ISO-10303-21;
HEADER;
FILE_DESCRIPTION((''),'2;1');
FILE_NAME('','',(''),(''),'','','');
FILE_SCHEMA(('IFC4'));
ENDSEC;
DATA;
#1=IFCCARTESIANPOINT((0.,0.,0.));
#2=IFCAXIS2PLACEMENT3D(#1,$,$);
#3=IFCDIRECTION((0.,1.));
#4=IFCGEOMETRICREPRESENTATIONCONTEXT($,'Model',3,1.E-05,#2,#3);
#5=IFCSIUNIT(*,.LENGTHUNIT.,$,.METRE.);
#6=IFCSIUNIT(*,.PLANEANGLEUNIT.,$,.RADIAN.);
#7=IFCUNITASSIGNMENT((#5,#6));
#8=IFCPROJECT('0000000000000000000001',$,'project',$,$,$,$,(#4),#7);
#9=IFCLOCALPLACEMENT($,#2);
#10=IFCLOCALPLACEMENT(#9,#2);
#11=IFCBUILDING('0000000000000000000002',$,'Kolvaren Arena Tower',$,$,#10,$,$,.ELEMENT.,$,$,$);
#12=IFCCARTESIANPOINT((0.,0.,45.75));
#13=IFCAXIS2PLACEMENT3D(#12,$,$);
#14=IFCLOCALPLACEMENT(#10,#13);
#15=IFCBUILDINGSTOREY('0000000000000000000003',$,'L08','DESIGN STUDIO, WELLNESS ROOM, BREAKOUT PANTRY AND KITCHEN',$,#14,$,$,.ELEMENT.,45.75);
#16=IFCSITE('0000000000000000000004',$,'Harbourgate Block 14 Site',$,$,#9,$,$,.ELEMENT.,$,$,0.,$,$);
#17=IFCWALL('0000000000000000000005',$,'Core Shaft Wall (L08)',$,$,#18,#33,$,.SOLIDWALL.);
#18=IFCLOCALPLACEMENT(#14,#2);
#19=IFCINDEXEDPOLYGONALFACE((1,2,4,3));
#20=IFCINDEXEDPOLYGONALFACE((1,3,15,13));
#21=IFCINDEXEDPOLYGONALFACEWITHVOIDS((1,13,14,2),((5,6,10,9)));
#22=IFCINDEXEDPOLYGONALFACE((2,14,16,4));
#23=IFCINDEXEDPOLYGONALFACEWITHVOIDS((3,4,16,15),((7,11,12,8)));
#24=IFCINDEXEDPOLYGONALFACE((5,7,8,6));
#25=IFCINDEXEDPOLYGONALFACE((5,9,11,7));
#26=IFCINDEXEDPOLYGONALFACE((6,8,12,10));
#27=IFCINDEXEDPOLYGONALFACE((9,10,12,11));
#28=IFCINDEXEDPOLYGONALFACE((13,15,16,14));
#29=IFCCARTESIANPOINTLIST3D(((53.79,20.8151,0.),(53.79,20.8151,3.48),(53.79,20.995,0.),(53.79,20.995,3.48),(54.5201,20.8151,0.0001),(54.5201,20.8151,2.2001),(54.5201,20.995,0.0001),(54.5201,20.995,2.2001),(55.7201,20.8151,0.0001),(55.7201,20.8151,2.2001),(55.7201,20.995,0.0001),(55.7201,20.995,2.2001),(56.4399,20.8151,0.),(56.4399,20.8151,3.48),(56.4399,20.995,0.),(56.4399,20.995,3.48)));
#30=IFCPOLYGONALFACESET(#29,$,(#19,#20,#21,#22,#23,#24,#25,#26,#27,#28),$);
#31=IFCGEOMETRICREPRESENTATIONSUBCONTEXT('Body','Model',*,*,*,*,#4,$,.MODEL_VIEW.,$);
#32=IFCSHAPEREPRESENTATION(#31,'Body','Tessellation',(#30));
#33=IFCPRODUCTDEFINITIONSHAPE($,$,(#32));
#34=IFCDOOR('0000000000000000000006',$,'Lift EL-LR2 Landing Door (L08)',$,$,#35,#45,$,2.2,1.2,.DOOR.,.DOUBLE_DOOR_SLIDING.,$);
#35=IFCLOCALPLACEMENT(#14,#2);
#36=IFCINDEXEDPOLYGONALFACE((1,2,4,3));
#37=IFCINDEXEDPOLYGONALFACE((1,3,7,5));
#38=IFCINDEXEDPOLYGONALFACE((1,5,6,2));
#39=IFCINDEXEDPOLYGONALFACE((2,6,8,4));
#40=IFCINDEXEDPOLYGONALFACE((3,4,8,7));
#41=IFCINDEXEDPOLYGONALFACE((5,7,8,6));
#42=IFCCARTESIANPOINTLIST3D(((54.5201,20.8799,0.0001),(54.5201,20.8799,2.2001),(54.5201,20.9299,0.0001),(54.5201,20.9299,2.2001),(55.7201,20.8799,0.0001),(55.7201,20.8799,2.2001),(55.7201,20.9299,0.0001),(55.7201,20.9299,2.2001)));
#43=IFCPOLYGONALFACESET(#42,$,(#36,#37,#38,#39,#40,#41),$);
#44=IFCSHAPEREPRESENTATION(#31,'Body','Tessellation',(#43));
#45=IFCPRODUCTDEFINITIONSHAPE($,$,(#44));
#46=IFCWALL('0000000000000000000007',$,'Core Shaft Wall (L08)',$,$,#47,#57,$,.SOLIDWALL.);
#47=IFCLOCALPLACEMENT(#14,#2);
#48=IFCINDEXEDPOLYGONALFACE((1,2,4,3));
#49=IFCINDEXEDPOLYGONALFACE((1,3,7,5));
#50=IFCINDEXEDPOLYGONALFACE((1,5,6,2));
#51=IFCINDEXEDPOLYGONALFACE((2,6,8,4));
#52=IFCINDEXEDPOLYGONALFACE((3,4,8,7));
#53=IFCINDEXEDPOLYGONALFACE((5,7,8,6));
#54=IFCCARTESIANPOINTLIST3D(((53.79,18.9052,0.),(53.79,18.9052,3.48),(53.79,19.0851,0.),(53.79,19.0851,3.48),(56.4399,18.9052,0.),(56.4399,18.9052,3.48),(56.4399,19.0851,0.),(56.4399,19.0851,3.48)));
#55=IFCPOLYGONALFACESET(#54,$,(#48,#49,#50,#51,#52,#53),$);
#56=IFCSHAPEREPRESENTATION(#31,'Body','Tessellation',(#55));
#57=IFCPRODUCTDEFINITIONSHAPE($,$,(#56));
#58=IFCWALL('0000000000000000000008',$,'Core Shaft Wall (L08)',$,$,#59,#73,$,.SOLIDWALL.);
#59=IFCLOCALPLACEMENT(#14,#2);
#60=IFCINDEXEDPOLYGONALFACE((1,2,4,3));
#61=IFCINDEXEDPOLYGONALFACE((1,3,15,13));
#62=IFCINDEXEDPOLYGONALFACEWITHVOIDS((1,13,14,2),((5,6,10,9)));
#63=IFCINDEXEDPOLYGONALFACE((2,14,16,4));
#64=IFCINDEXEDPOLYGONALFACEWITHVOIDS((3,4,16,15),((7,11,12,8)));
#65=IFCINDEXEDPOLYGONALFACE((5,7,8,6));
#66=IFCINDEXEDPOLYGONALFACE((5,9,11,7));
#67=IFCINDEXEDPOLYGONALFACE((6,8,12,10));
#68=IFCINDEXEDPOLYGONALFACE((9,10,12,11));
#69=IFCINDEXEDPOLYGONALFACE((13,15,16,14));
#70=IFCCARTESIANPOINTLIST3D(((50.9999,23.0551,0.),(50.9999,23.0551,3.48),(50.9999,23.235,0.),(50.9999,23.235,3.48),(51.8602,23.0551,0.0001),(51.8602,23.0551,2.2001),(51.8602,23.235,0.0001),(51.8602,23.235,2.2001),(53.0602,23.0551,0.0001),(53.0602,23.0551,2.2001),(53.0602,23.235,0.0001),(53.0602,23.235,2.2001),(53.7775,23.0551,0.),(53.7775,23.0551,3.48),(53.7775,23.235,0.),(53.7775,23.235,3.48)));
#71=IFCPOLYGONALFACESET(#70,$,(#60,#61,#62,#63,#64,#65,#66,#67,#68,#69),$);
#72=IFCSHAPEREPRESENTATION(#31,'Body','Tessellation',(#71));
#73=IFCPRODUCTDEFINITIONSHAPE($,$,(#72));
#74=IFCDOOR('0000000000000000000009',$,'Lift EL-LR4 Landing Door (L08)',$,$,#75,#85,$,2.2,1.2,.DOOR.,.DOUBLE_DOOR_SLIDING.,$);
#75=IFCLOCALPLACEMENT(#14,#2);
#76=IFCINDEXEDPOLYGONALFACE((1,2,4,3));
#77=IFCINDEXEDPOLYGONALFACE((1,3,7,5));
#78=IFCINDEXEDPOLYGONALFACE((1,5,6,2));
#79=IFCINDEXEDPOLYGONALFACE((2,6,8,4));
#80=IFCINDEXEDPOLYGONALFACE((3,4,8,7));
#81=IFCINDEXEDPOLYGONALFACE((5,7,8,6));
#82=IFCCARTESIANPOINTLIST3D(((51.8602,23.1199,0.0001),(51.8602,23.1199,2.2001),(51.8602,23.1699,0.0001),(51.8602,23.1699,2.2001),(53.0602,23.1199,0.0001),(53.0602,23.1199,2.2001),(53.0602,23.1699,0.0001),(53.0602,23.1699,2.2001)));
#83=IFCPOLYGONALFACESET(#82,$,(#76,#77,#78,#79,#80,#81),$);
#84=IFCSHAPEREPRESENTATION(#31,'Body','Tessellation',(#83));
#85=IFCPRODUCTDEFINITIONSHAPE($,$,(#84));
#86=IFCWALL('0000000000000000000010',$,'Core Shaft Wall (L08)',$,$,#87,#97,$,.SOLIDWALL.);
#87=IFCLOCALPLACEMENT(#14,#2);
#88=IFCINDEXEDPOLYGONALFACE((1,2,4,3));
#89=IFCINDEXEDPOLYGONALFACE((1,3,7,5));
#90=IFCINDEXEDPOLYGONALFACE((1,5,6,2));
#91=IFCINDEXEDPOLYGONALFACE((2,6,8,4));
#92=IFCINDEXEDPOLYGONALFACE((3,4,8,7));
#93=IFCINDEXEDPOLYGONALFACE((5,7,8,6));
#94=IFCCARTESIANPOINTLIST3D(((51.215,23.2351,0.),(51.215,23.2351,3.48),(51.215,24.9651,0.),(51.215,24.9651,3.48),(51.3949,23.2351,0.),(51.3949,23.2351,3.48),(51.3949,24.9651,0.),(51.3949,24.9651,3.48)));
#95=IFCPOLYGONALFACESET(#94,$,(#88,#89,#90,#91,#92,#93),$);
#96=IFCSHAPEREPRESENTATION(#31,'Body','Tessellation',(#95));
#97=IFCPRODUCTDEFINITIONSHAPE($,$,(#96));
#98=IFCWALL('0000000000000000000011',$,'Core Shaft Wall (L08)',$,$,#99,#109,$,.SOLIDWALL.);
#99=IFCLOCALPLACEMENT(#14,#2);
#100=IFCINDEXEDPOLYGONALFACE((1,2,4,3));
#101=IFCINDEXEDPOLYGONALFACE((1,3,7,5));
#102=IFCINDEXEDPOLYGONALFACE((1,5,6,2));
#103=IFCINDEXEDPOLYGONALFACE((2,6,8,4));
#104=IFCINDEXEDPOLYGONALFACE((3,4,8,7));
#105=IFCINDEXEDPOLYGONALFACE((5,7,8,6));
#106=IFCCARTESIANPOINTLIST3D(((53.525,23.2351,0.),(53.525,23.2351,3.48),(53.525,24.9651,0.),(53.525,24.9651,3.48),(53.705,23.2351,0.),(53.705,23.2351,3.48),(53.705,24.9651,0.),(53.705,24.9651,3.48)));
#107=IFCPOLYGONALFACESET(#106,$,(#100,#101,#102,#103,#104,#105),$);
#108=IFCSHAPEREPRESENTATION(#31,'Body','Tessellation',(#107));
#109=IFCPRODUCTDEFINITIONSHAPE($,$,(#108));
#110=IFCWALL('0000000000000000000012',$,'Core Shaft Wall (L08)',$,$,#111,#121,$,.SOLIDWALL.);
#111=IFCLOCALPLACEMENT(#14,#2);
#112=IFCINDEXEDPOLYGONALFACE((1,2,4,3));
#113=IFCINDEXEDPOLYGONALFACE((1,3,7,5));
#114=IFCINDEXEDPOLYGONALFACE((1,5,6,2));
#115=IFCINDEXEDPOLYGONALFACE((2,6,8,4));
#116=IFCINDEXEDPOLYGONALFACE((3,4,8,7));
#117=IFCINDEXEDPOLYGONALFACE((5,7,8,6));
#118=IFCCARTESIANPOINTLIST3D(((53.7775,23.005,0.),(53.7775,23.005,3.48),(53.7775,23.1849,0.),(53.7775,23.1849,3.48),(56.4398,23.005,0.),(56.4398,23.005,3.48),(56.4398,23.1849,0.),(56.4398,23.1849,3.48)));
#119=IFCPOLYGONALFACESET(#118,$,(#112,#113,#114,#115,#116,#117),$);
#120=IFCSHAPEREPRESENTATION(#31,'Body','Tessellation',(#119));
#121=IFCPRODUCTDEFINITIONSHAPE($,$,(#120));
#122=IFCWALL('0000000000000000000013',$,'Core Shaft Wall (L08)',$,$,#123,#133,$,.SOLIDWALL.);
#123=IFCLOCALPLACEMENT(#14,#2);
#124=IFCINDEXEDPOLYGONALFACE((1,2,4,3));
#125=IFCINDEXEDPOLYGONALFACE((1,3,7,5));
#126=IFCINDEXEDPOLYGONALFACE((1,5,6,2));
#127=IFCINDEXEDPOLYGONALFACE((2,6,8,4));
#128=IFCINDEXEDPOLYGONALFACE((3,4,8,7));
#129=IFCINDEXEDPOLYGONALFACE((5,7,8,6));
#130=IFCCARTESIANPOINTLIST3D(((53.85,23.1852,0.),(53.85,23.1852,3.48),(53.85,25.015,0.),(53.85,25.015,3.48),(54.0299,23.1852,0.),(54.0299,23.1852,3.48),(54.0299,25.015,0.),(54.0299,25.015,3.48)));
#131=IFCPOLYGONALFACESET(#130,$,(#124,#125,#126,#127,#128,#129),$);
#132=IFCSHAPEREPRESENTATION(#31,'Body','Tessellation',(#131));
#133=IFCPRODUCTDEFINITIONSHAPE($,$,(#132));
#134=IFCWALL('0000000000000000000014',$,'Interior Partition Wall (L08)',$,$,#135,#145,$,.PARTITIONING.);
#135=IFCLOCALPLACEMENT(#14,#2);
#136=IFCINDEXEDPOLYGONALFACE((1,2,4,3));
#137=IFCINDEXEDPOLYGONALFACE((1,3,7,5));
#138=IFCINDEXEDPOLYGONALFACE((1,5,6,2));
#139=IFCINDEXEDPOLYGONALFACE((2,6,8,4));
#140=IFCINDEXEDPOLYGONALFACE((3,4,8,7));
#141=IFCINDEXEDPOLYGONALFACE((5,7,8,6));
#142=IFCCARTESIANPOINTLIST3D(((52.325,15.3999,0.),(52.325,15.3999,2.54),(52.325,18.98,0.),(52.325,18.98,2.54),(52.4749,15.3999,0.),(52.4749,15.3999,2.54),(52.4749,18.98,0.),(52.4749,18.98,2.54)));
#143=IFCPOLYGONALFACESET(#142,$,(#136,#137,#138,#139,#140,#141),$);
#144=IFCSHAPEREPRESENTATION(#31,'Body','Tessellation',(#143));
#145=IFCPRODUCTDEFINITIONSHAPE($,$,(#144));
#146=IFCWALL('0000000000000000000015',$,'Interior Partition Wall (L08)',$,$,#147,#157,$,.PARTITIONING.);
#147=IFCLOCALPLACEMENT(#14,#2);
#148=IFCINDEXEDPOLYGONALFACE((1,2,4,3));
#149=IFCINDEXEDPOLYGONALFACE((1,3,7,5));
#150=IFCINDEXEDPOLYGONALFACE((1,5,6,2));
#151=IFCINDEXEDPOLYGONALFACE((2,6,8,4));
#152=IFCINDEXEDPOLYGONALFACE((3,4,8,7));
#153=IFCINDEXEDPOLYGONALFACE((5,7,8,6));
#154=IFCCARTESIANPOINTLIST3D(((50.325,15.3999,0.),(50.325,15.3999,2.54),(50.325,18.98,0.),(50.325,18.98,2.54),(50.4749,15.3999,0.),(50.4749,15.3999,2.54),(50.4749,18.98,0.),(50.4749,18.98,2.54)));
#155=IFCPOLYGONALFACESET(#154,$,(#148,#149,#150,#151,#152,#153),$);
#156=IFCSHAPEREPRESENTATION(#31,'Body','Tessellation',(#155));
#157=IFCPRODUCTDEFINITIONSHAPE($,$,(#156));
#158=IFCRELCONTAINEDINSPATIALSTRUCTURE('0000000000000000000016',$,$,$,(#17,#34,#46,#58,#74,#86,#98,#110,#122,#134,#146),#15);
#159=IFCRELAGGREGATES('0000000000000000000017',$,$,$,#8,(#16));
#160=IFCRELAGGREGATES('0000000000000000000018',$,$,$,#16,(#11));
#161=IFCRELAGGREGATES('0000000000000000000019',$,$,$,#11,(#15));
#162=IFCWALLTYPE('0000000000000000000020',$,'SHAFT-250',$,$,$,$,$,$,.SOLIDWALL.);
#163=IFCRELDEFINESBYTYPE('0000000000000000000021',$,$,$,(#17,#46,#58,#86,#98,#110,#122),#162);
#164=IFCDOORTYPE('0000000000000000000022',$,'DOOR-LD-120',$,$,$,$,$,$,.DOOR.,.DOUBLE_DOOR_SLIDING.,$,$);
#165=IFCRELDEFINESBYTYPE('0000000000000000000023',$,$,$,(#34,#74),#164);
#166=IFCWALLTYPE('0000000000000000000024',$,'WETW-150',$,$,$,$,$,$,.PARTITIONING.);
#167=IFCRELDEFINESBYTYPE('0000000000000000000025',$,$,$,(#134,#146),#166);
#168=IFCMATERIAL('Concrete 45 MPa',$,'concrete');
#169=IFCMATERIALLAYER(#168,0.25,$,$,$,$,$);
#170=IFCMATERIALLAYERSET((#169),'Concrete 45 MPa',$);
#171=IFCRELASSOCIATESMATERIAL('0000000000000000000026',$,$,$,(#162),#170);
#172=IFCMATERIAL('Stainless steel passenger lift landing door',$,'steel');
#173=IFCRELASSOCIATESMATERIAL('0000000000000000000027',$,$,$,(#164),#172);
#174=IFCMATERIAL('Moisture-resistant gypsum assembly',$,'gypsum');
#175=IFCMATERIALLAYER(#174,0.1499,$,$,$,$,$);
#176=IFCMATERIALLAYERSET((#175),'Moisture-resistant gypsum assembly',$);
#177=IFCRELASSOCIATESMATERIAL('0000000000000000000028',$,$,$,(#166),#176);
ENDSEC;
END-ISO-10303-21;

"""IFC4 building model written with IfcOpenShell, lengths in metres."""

from ifc_helpers import new_model, si_unit, direction, frame, frame_2d, origin, place, context, subcontext, project, spatial, rectangle, extrude, material, layer, layer_set, type_object, element, fill, save


model = new_model("IFC4")

# Units and contexts
model_context = context("Model", 3, precision=1e-05, world=origin(), true_north=direction((0.0, 1.0)))
body_context = subcontext(model_context, "Body", "Model", "MODEL_VIEW")
ifc_project = project(units=[si_unit("LENGTHUNIT", "METRE"), si_unit("PLANEANGLEUNIT", "RADIAN")], contexts=[model_context])

# Site, building, storey
site_placement = place(None, origin())
site = spatial("IfcSite", under=ifc_project, at=site_placement, Name="Harbourgate Block 14 Site", CompositionType="ELEMENT", RefElevation=0.0)
building_placement = place(site_placement, origin())
building = spatial("IfcBuilding", under=site, at=building_placement, Name="Kolvaren Arena Tower", CompositionType="ELEMENT")
storey_placement = place(building_placement, frame((0.0, 0.0, 45.75)))
storey = spatial("IfcBuildingStorey", under=building, at=storey_placement, Name="L08", Description="DESIGN STUDIO, WELLNESS ROOM, BREAKOUT PANTRY AND KITCHEN", CompositionType="ELEMENT", Elevation=45.75)

# Shared definitions
ifc_material_1 = material(Name="Concrete 45 MPa", Category="concrete")
ifc_layer_1 = layer(ifc_material_1, 0.25)
ifc_layer_set_1 = layer_set([ifc_layer_1], Name="Concrete 45 MPa")
wall_type_1 = type_object("IfcWallType", Name="SHAFT-250", PredefinedType="SOLIDWALL", material=ifc_layer_set_1)
ifc_material_2 = material(Name="Stainless steel passenger lift landing door", Category="steel")
door_type_1 = type_object("IfcDoorType", Name="DOOR-LD-120", OperationType="DOUBLE_DOOR_SLIDING", PredefinedType="DOOR", material=ifc_material_2)

# Wall, opening, door
wall_1_placement = place(storey_placement, frame((53.79, 20.905, 0.0), z_axis=(0.0, 0.0, 1.0), x_axis=(1.0, 0.0, 0.0)))
wall_1 = element("IfcWall", 1, at=wall_1_placement, inside=storey, type_object=wall_type_1, Name="Core Shaft Wall (L08)", PredefinedType="SOLIDWALL", context=body_context, shape_type="SweptSolid", body=[
    extrude(rectangle(XDim=2.6499, YDim=0.1799, at=frame_2d((1.325, 0.0))), origin(), (0.0, 0.0, 1.0), 3.48),
])
opening_1_placement = place(wall_1_placement, frame((0.73, 0.0, 0.0)))
opening_1 = element("IfcOpeningElement", 2, at=opening_1_placement, cuts=wall_1, PredefinedType="OPENING", context=body_context, shape_type="SweptSolid", body=[
    extrude(rectangle(XDim=1.2, YDim=2.2, at=frame_2d((0.6001, 1.1001))), frame((0.0, 0.0999, 0.0), z_axis=(0.0, -1.0, 0.0), x_axis=(1.0, 0.0, 0.0)), (0.0, 0.0, 1.0), 0.2),
])
door_1_placement = place(opening_1_placement, origin())
door_1 = element("IfcDoor", 3, at=door_1_placement, inside=storey, type_object=door_type_1, Name="Lift EL-LR2 Landing Door (L08)", OperationType="DOUBLE_DOOR_SLIDING", OverallHeight=2.2, OverallWidth=1.2, PredefinedType="DOOR", context=body_context, shape_type="SweptSolid", body=[
    extrude(rectangle(XDim=1.2, YDim=2.2, at=frame_2d((0.6001, 1.1001))), frame((0.0, 0.0249, 0.0), z_axis=(0.0, -1.0, 0.0), x_axis=(1.0, 0.0, 0.0)), (0.0, 0.0, 1.0), 0.05),
])
fill(opening_1, door_1)

# Wall
wall_2_placement = place(storey_placement, frame((53.79, 18.9951, 0.0), z_axis=(0.0, 0.0, 1.0), x_axis=(1.0, 0.0, 0.0)))
element("IfcWall", 4, at=wall_2_placement, inside=storey, type_object=wall_type_1, Name="Core Shaft Wall (L08)", PredefinedType="SOLIDWALL", context=body_context, shape_type="SweptSolid", body=[
    extrude(rectangle(XDim=2.6499, YDim=0.1799, at=frame_2d((1.325, 0.0))), origin(), (0.0, 0.0, 1.0), 3.48),
])

# Wall, opening, door
wall_3_placement = place(storey_placement, frame((51.0, 23.145, 0.0), z_axis=(0.0, 0.0, 1.0), x_axis=(1.0, 0.0, 0.0)))
wall_3 = element("IfcWall", 5, at=wall_3_placement, inside=storey, type_object=wall_type_1, Name="Core Shaft Wall (L08)", PredefinedType="SOLIDWALL", context=body_context, shape_type="SweptSolid", body=[
    extrude(rectangle(XDim=2.7776, YDim=0.1799, at=frame_2d((1.3887, 0.0))), origin(), (0.0, 0.0, 1.0), 3.48),
])
opening_2_placement = place(wall_3_placement, frame((0.8601, 0.0, 0.0)))
opening_2 = element("IfcOpeningElement", 6, at=opening_2_placement, cuts=wall_3, PredefinedType="OPENING", context=body_context, shape_type="SweptSolid", body=[
    extrude(rectangle(XDim=1.2, YDim=2.2, at=frame_2d((0.6001, 1.1001))), frame((0.0, 0.0999, 0.0), z_axis=(0.0, -1.0, 0.0), x_axis=(1.0, 0.0, 0.0)), (0.0, 0.0, 1.0), 0.2),
])
door_2_placement = place(opening_2_placement, origin())
door_2 = element("IfcDoor", 7, at=door_2_placement, inside=storey, type_object=door_type_1, Name="Lift EL-LR4 Landing Door (L08)", OperationType="DOUBLE_DOOR_SLIDING", OverallHeight=2.2, OverallWidth=1.2, PredefinedType="DOOR", context=body_context, shape_type="SweptSolid", body=[
    extrude(rectangle(XDim=1.2, YDim=2.2, at=frame_2d((0.6001, 1.1001))), frame((0.0, 0.0249, 0.0), z_axis=(0.0, -1.0, 0.0), x_axis=(1.0, 0.0, 0.0)), (0.0, 0.0, 1.0), 0.05),
])
fill(opening_2, door_2)

# Walls
for number, where, z_axis, x_axis, name in (
    (8, (51.3049, 23.2351, 0.0), (0.0, 0.0, 1.0), (0.0, 1.0, 0.0), "Core Shaft Wall (L08)"),
    (9, (53.615, 23.2351, 0.0), (0.0, 0.0, 1.0), (0.0, 1.0, 0.0), "Core Shaft Wall (L08)"),
):
    element("IfcWall", number, at=place(storey_placement, frame(where, z_axis=z_axis, x_axis=x_axis)), inside=storey, type_object=wall_type_1, Name=name, PredefinedType="SOLIDWALL", context=body_context, shape_type="SweptSolid", body=[
        extrude(rectangle(XDim=1.73, YDim=0.1799, at=frame_2d((0.865, 0.0))), origin(), (0.0, 0.0, 1.0), 3.48),
    ])
wall_4_placement = place(storey_placement, frame((53.7776, 23.095, 0.0), z_axis=(0.0, 0.0, 1.0), x_axis=(1.0, 0.0, 0.0)))
element("IfcWall", 10, at=wall_4_placement, inside=storey, type_object=wall_type_1, Name="Core Shaft Wall (L08)", PredefinedType="SOLIDWALL", context=body_context, shape_type="SweptSolid", body=[
    extrude(rectangle(XDim=2.6624, YDim=0.1799, at=frame_2d((1.3311, 0.0))), origin(), (0.0, 0.0, 1.0), 3.48),
])
wall_5_placement = place(storey_placement, frame((53.9399, 23.1851, 0.0), z_axis=(0.0, 0.0, 1.0), x_axis=(0.0, 1.0, 0.0)))
element("IfcWall", 11, at=wall_5_placement, inside=storey, type_object=wall_type_1, Name="Core Shaft Wall (L08)", PredefinedType="SOLIDWALL", context=body_context, shape_type="SweptSolid", body=[
    extrude(rectangle(XDim=1.8298, YDim=0.1799, at=frame_2d((0.915, 0.0))), origin(), (0.0, 0.0, 1.0), 3.48),
])
ifc_material_3 = material(Name="Moisture-resistant gypsum assembly", Category="gypsum")
ifc_layer_2 = layer(ifc_material_3, 0.1499)
ifc_layer_set_2 = layer_set([ifc_layer_2], Name="Moisture-resistant gypsum assembly")
wall_type_2 = type_object("IfcWallType", Name="WETW-150", PredefinedType="PARTITIONING", material=ifc_layer_set_2)
for number, where, z_axis, x_axis, name in (
    (12, (52.3999, 15.3999, 0.0), (0.0, 0.0, 1.0), (0.0, 1.0, 0.0), "Interior Partition Wall (L08)"),
    (13, (50.3999, 15.3999, 0.0), (0.0, 0.0, 1.0), (0.0, 1.0, 0.0), "Interior Partition Wall (L08)"),
):
    element("IfcWall", number, at=place(storey_placement, frame(where, z_axis=z_axis, x_axis=x_axis)), inside=storey, type_object=wall_type_2, Name=name, PredefinedType="PARTITIONING", context=body_context, shape_type="SweptSolid", body=[
        extrude(rectangle(XDim=3.5801, YDim=0.1499, at=frame_2d((1.79, 0.0))), origin(), (0.0, 0.0, 1.0), 2.54),
    ])

save(model, "model.ifc")
